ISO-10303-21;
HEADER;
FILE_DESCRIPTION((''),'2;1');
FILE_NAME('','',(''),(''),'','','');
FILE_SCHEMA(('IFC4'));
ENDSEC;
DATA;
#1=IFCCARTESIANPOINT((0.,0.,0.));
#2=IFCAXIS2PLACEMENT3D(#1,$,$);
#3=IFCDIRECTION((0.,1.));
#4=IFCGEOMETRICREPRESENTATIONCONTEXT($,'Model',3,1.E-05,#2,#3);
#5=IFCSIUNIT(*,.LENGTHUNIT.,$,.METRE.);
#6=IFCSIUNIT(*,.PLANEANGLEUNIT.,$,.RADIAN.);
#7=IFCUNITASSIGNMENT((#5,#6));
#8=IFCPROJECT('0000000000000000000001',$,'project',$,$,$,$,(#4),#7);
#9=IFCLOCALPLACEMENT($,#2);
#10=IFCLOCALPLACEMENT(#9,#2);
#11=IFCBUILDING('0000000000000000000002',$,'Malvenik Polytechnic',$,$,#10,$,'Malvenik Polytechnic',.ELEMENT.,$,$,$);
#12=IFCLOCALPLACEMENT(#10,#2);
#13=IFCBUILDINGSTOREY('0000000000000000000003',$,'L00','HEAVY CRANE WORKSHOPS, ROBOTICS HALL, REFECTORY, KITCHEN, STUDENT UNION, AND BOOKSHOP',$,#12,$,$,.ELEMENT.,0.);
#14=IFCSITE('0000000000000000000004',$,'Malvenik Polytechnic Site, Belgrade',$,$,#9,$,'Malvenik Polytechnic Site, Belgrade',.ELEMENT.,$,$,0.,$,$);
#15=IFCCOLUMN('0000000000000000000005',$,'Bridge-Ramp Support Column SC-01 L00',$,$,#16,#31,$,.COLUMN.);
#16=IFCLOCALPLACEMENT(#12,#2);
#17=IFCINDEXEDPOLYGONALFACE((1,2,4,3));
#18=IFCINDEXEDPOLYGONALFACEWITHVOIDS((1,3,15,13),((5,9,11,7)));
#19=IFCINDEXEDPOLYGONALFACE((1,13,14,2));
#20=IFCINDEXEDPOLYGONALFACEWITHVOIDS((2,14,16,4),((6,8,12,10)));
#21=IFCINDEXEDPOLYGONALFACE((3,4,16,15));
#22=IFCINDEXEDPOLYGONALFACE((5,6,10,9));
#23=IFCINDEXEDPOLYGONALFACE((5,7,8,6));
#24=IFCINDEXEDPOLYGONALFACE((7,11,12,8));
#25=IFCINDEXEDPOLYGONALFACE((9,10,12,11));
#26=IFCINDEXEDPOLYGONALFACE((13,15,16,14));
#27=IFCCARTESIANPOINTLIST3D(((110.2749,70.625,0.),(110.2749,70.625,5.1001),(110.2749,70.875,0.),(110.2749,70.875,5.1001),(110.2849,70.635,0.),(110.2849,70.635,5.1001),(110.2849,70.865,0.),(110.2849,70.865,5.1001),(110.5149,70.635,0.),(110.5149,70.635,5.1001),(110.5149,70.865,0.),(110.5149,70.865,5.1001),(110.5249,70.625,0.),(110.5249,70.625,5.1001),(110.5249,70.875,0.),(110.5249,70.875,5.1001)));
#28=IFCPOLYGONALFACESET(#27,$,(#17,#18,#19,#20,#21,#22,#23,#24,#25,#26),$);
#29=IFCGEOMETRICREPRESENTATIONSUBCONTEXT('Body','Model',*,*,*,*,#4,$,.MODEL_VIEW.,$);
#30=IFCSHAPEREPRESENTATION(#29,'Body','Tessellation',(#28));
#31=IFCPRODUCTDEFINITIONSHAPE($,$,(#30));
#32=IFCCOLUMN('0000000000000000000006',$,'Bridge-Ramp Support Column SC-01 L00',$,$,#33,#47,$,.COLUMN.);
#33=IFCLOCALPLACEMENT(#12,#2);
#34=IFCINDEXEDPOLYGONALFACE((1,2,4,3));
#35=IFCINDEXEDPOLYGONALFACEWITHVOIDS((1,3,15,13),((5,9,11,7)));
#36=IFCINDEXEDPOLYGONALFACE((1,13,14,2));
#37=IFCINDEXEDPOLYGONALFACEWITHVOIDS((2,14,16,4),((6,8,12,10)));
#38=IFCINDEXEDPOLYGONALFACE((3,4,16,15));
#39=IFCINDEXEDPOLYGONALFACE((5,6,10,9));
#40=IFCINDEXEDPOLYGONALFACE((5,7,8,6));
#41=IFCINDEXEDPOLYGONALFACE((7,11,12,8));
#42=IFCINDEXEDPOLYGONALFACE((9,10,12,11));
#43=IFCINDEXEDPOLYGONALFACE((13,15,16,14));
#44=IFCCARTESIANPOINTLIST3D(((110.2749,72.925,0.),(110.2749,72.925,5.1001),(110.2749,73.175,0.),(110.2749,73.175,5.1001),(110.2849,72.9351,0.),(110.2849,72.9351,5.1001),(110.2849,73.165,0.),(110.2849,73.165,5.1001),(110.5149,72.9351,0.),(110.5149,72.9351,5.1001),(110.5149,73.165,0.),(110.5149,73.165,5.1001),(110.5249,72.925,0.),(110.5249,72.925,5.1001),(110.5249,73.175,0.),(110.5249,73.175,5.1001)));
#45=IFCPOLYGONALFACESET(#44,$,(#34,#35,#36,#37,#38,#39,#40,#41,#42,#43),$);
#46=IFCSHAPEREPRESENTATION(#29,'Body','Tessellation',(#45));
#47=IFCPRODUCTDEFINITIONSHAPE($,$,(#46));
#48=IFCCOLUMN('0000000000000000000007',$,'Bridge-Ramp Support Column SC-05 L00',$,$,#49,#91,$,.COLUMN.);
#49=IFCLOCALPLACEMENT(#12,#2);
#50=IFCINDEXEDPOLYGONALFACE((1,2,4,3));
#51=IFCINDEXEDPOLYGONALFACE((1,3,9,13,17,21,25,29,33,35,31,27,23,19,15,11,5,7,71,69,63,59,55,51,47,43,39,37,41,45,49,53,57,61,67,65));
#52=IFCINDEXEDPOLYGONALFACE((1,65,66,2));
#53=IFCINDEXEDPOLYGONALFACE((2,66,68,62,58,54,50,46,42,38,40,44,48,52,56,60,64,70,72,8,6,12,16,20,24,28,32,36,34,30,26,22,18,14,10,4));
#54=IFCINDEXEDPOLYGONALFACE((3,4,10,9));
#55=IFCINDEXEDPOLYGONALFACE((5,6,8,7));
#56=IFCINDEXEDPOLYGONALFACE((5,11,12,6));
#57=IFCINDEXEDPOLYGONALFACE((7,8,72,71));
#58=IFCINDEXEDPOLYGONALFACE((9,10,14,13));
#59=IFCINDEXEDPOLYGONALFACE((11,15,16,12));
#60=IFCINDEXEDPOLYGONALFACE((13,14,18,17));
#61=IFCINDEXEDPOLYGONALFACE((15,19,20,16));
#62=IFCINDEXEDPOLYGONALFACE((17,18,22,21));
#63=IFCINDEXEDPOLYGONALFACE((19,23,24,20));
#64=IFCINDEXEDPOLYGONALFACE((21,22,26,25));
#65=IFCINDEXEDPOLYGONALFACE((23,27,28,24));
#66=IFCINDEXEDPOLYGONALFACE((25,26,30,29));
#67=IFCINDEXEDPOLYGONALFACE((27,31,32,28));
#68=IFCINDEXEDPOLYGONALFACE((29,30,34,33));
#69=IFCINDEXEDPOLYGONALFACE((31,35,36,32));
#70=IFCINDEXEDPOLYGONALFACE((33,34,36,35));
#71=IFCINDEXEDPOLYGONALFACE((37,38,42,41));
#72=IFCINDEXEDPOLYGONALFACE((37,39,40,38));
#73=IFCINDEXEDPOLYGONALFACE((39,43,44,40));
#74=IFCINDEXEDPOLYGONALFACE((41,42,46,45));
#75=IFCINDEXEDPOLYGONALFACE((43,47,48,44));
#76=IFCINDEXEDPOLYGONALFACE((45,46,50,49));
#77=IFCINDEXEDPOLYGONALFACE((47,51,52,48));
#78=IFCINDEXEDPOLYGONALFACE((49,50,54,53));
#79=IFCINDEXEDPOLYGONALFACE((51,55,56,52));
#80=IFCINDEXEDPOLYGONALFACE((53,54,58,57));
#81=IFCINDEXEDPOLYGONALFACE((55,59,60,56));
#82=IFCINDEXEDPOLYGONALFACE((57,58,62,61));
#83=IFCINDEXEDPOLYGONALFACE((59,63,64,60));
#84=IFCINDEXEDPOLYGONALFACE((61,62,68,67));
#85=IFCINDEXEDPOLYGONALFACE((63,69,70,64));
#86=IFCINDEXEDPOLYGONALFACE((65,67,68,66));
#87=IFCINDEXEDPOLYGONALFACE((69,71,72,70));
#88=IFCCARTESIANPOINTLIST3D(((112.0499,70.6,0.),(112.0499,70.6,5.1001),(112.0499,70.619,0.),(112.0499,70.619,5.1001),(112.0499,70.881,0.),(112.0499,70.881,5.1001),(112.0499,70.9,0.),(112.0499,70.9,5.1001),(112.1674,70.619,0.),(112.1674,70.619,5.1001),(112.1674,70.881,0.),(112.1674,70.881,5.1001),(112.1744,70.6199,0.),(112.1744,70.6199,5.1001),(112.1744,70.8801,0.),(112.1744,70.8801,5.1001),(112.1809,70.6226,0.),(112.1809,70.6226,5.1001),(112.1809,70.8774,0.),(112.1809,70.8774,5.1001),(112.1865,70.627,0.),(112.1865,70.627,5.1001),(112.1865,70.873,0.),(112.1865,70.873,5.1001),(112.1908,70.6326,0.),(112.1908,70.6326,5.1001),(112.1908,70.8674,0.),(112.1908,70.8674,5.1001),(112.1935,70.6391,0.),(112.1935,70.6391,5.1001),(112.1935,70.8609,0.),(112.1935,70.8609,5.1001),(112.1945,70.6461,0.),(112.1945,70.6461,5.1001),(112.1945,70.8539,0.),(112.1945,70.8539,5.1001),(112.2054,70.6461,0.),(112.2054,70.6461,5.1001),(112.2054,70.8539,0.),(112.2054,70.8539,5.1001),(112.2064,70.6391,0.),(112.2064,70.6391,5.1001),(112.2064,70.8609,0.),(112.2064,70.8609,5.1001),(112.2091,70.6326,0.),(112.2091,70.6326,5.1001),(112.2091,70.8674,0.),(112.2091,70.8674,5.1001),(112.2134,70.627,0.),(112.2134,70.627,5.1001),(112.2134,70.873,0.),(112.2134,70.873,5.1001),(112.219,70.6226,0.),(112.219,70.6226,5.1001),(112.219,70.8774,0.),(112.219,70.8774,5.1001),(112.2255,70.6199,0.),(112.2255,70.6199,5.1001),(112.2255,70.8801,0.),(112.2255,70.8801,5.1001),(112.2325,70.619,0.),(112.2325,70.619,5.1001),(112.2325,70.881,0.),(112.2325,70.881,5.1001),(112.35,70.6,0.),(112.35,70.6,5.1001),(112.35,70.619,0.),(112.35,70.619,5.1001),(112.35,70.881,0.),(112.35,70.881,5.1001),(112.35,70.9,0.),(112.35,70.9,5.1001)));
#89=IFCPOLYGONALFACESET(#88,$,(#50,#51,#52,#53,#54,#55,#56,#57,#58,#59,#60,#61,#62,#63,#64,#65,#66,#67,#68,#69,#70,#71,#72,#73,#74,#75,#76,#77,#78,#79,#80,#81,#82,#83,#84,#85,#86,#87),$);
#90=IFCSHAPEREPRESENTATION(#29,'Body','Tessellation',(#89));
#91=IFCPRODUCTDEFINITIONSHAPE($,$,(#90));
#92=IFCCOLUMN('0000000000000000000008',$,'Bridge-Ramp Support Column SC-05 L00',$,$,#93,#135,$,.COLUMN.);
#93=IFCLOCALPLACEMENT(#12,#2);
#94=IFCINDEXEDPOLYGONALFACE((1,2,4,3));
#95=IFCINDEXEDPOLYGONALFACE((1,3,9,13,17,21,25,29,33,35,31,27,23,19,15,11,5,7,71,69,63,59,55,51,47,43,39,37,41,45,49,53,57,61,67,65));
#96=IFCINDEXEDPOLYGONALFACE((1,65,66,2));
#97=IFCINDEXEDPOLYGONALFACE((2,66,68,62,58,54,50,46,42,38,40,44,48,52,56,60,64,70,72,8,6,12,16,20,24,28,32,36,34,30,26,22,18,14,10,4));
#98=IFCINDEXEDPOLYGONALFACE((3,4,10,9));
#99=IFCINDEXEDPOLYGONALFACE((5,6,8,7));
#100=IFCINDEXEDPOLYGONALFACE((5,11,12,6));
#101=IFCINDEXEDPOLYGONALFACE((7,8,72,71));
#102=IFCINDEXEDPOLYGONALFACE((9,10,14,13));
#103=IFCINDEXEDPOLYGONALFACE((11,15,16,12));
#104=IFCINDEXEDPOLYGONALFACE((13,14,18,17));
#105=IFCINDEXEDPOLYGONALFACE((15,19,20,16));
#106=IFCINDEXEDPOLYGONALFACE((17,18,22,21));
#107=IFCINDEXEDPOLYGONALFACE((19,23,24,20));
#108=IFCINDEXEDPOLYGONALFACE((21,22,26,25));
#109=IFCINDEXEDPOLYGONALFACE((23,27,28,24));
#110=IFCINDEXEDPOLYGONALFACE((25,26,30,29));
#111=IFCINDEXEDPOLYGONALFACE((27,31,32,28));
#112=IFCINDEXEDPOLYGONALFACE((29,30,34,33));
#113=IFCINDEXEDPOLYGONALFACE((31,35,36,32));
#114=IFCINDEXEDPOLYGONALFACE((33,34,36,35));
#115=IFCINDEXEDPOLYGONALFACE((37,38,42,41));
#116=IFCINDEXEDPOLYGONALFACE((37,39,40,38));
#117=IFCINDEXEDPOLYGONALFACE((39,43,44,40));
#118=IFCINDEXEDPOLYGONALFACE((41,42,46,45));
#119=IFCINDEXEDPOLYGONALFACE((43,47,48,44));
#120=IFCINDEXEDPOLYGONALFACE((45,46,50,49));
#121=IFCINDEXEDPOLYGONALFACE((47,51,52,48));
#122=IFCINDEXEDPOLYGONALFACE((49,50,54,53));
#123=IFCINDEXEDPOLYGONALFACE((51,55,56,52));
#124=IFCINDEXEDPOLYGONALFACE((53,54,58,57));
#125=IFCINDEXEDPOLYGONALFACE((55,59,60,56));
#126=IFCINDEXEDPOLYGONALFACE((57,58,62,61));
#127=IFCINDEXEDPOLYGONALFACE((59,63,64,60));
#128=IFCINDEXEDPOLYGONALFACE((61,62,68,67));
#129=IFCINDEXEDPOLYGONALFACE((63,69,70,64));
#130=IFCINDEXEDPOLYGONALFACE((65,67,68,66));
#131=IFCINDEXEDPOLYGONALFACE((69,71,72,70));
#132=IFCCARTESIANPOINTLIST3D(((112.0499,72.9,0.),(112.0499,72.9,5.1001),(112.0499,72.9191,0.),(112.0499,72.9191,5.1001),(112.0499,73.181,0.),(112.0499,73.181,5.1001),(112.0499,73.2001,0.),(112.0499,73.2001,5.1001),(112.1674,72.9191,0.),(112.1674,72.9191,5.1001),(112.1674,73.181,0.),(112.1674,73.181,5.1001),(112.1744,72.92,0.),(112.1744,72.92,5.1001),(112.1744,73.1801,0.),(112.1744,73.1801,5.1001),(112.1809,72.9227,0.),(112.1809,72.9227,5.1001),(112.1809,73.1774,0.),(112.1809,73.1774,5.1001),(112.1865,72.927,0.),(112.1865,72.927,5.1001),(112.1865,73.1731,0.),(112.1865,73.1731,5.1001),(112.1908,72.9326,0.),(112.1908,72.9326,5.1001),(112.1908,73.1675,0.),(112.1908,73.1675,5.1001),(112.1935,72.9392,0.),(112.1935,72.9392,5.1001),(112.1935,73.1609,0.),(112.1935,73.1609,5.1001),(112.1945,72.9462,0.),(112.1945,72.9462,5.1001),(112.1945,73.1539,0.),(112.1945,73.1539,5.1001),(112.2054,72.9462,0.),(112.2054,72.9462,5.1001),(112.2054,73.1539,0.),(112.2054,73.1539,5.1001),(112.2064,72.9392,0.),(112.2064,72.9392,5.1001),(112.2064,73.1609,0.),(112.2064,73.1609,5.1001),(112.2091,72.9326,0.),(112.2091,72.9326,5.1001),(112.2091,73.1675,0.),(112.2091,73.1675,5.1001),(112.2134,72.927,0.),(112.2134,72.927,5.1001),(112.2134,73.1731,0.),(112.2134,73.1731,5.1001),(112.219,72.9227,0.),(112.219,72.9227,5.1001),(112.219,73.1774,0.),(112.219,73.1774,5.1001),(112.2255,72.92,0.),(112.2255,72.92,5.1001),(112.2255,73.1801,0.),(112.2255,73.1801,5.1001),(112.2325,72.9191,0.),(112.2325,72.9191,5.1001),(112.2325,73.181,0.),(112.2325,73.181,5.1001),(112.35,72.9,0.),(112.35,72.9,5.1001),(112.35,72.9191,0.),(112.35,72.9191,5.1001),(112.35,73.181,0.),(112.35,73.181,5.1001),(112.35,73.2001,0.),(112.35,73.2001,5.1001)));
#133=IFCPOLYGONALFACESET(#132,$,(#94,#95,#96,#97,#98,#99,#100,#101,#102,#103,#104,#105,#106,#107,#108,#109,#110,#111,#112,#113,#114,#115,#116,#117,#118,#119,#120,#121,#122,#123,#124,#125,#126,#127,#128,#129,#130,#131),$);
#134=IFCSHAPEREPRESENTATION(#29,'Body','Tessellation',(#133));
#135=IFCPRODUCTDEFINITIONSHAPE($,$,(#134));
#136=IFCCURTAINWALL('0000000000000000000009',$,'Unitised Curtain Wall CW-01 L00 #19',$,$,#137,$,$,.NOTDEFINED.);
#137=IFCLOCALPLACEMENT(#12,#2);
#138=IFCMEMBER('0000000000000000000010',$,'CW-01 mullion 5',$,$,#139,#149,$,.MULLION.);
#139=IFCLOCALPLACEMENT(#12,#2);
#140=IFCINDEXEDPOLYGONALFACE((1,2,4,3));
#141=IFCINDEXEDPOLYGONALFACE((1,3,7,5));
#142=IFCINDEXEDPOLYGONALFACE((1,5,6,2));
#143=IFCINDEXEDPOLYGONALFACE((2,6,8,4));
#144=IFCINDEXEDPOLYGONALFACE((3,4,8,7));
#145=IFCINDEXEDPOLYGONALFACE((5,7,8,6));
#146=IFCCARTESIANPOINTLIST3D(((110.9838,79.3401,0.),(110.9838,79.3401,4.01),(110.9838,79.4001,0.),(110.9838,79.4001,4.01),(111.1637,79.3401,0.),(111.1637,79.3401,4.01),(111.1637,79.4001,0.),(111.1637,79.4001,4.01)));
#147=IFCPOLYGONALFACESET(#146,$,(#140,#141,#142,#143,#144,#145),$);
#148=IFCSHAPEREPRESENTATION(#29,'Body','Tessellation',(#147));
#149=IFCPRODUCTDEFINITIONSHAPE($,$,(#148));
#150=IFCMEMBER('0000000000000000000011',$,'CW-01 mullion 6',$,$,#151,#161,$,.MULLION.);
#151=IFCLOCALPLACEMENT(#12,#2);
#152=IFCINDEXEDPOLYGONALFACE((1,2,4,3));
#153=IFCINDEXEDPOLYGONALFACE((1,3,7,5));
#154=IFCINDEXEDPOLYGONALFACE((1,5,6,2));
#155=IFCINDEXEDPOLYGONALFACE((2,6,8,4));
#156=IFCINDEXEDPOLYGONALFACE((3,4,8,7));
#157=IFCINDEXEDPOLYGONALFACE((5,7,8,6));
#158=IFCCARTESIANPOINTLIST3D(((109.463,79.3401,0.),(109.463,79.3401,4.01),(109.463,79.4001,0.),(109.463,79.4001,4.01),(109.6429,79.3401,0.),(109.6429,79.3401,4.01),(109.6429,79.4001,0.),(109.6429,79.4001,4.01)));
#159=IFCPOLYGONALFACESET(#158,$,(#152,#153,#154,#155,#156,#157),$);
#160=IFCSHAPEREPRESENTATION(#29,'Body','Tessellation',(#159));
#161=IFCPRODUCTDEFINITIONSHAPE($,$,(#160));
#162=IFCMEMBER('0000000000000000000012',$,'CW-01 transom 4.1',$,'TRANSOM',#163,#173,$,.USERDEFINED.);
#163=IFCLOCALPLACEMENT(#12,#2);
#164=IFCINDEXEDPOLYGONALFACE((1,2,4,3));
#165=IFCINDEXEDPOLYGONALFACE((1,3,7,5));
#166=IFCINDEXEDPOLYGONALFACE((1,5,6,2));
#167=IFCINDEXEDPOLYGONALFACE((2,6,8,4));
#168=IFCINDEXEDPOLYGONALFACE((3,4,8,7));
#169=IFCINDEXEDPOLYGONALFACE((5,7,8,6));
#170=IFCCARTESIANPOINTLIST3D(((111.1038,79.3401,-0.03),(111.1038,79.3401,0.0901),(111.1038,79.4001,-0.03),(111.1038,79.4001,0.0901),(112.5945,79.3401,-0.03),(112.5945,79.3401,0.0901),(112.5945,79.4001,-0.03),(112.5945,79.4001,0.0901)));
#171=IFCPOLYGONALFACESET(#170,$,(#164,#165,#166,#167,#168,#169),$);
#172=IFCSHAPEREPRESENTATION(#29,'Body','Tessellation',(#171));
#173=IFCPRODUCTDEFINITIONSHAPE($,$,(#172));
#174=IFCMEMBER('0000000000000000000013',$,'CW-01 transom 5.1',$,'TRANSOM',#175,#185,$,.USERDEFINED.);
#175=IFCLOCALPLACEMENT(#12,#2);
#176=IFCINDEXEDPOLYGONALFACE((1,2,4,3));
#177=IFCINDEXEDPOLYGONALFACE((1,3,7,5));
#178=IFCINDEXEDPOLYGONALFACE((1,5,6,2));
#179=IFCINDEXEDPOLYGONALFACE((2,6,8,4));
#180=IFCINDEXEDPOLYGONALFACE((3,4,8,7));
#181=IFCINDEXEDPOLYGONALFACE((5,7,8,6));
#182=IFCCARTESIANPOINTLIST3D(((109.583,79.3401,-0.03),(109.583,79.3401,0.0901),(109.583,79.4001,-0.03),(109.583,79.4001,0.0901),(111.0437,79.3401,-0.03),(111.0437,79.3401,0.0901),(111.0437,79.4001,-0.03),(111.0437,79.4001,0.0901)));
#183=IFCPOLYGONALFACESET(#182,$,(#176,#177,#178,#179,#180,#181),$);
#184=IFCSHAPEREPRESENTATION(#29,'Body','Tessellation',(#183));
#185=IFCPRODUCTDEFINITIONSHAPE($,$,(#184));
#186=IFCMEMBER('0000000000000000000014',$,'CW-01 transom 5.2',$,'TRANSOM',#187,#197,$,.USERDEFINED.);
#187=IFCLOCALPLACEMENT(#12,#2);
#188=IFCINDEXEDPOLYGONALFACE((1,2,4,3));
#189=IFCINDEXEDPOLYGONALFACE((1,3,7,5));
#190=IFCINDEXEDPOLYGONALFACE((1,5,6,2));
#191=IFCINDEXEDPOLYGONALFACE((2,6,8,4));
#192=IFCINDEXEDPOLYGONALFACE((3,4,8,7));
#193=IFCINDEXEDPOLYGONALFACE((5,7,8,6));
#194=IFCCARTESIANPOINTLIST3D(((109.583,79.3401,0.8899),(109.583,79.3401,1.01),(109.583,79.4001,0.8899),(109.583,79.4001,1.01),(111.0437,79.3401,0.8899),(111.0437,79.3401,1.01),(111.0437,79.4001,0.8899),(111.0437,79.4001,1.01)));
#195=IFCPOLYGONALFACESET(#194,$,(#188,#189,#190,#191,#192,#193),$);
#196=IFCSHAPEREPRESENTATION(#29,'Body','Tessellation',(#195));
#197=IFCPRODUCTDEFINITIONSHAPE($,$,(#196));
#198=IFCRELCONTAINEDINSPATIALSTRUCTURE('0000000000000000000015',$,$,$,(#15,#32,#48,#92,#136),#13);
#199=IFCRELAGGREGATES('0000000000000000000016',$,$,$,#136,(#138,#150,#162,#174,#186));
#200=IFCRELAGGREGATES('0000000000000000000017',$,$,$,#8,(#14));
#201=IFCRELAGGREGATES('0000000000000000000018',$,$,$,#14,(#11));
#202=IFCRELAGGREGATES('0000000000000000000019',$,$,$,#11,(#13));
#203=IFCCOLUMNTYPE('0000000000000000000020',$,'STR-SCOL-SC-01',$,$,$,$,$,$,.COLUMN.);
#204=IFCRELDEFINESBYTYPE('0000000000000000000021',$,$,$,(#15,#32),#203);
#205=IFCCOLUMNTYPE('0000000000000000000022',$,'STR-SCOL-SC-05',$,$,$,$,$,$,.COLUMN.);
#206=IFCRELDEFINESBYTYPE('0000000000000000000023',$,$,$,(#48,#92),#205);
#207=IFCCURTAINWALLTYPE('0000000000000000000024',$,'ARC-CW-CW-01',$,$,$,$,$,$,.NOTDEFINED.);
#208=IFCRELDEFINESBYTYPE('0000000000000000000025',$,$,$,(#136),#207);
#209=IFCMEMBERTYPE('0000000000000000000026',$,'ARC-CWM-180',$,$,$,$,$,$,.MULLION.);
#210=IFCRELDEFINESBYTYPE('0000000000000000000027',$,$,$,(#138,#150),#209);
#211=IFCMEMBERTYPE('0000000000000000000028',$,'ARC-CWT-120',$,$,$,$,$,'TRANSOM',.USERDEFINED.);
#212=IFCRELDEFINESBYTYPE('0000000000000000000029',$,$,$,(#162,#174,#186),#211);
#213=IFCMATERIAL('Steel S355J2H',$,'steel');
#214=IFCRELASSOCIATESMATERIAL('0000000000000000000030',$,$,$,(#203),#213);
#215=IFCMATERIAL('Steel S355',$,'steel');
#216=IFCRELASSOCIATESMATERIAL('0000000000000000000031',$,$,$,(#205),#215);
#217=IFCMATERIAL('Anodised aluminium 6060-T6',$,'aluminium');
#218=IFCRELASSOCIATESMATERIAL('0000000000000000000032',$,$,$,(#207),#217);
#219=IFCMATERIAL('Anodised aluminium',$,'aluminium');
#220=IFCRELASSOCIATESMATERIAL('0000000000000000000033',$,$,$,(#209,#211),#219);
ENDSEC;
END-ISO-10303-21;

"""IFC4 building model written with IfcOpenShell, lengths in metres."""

from ifc_helpers import new_model, si_unit, direction, frame, origin, origin_2d, place, context, subcontext, project, spatial, rectangle, hollow_rectangle, i_section, extrude, material, material_profile, profile_set, type_object, element, aggregate, save


model = new_model("IFC4")

# Units and contexts
model_context = context("Model", 3, precision=1e-05, world=origin(), true_north=direction((0.0, 1.0)))
body_context = subcontext(model_context, "Body", "Model", "MODEL_VIEW")
ifc_project = project(units=[si_unit("LENGTHUNIT", "METRE"), si_unit("PLANEANGLEUNIT", "RADIAN")], contexts=[model_context])

# Site, building, storey
site_placement = place(None, origin())
site = spatial("IfcSite", under=ifc_project, at=site_placement, Name="Malvenik Polytechnic Site, Belgrade", LongName="Malvenik Polytechnic Site, Belgrade", CompositionType="ELEMENT", RefElevation=0.0)
building_placement = place(site_placement, origin())
building = spatial("IfcBuilding", under=site, at=building_placement, Name="Malvenik Polytechnic", LongName="Malvenik Polytechnic", CompositionType="ELEMENT")
storey_placement = place(building_placement, origin())
storey = spatial("IfcBuildingStorey", under=building, at=storey_placement, Name="L00", Description="HEAVY CRANE WORKSHOPS, ROBOTICS HALL, REFECTORY, KITCHEN, STUDENT UNION, AND BOOKSHOP", CompositionType="ELEMENT", Elevation=0.0)

# Columns
ifc_material_1 = material(Name="Steel S355J2H", Category="steel")
ifc_material_profile_1 = material_profile(ifc_material_1, hollow_rectangle(XDim=0.25, YDim=0.25, WallThickness=0.01, at=origin_2d()), Name="SHS 250x250x10.0")
ifc_profile_set_1 = profile_set([ifc_material_profile_1], Name="Steel S355J2H")
column_type_1 = type_object("IfcColumnType", Name="STR-SCOL-SC-01", PredefinedType="COLUMN", material=ifc_profile_set_1)
for number, where, z_axis, x_axis, name in (
    (1, (110.3999, 70.75, 0.0), (0.0, 0.0, 1.0), (1.0, 0.0, 0.0), "Bridge-Ramp Support Column SC-01 L00"),
    (2, (110.3999, 73.05, 0.0), (0.0, 0.0, 1.0), (1.0, 0.0, 0.0), "Bridge-Ramp Support Column SC-01 L00"),
):
    element("IfcColumn", number, at=place(storey_placement, frame(where, z_axis=z_axis, x_axis=x_axis)), inside=storey, type_object=column_type_1, Name=name, PredefinedType="COLUMN", context=body_context, shape_type="SweptSolid", body=[
        extrude(hollow_rectangle(XDim=0.25, YDim=0.25, WallThickness=0.01, at=origin_2d()), origin(), (0.0, 0.0, 1.0), 5.1001),
    ])
ifc_material_2 = material(Name="Steel S355", Category="steel")
ifc_material_profile_2 = material_profile(ifc_material_2, i_section(OverallWidth=0.3, OverallDepth=0.3, WebThickness=0.011, FlangeThickness=0.019, FilletRadius=0.0271, at=origin_2d()), Name="HEB 300")
ifc_profile_set_2 = profile_set([ifc_material_profile_2], Name="Steel S355")
column_type_2 = type_object("IfcColumnType", Name="STR-SCOL-SC-05", PredefinedType="COLUMN", material=ifc_profile_set_2)
for number, where, z_axis, x_axis, name in (
    (3, (112.2, 70.75, 0.0), (0.0, 0.0, 1.0), (1.0, 0.0, 0.0), "Bridge-Ramp Support Column SC-05 L00"),
    (4, (112.2, 73.05, 0.0), (0.0, 0.0, 1.0), (1.0, 0.0, 0.0), "Bridge-Ramp Support Column SC-05 L00"),
):
    element("IfcColumn", number, at=place(storey_placement, frame(where, z_axis=z_axis, x_axis=x_axis)), inside=storey, type_object=column_type_2, Name=name, PredefinedType="COLUMN", context=body_context, shape_type="SweptSolid", body=[
        extrude(i_section(OverallWidth=0.3, OverallDepth=0.3, WebThickness=0.011, FlangeThickness=0.019, FilletRadius=0.0271, at=origin_2d()), origin(), (0.0, 0.0, 1.0), 5.1001),
    ])

# Curtain wall, members
ifc_material_3 = material(Name="Anodised aluminium 6060-T6", Category="aluminium")
curtain_wall_type = type_object("IfcCurtainWallType", Name="ARC-CW-CW-01", PredefinedType="NOTDEFINED", material=ifc_material_3)
curtain_wall_placement = place(storey_placement, origin())
curtain_wall = element("IfcCurtainWall", 5, at=curtain_wall_placement, inside=storey, type_object=curtain_wall_type, Name="Unitised Curtain Wall CW-01 L00 #19", PredefinedType="NOTDEFINED")
ifc_material_4 = material(Name="Anodised aluminium", Category="aluminium")
ifc_material_profile_3 = material_profile(ifc_material_4, rectangle(XDim=0.0601, YDim=0.1799, at=origin_2d()), Name="ALU MULLION 60x180")
ifc_profile_set_3 = profile_set([ifc_material_profile_3], Name="Anodised aluminium")
member_type_1 = type_object("IfcMemberType", Name="ARC-CWM-180", PredefinedType="MULLION", material=ifc_profile_set_3)
member_1_placement = place(storey_placement, frame((111.0737, 79.3701, 0.0), z_axis=(0.0, 0.0, 1.0), x_axis=(0.0, -1.0, 0.0)))
member_1 = element("IfcMember", 6, at=member_1_placement, type_object=member_type_1, Name="CW-01 mullion 5", PredefinedType="MULLION", context=body_context, shape_type="SweptSolid", body=[
    extrude(rectangle(XDim=0.0601, YDim=0.1799, at=origin_2d()), origin(), (0.0, 0.0, 1.0), 4.01),
])
member_2_placement = place(storey_placement, frame((109.553, 79.3701, 0.0), z_axis=(0.0, 0.0, 1.0), x_axis=(0.0, -1.0, 0.0)))
member_2 = element("IfcMember", 7, at=member_2_placement, type_object=member_type_1, Name="CW-01 mullion 6", PredefinedType="MULLION", context=body_context, shape_type="SweptSolid", body=[
    extrude(rectangle(XDim=0.0601, YDim=0.1799, at=origin_2d()), origin(), (0.0, 0.0, 1.0), 4.01),
])
ifc_material_profile_4 = material_profile(ifc_material_4, rectangle(XDim=0.0601, YDim=0.1201, at=origin_2d()), Name="ALU TRANSOM 60x120")
ifc_profile_set_4 = profile_set([ifc_material_profile_4], Name="Anodised aluminium")
member_type_2 = type_object("IfcMemberType", Name="ARC-CWT-120", ElementType="TRANSOM", PredefinedType="USERDEFINED", material=ifc_profile_set_4)
member_3_placement = place(storey_placement, frame((112.5945, 79.3701, 0.03), z_axis=(-1.0, 0.0, 0.0), x_axis=(0.0, -1.0, 0.0)))
member_3 = element("IfcMember", 8, at=member_3_placement, type_object=member_type_2, Name="CW-01 transom 4.1", ObjectType="TRANSOM", PredefinedType="USERDEFINED", context=body_context, shape_type="SweptSolid", body=[
    extrude(rectangle(XDim=0.0601, YDim=0.1201, at=origin_2d()), origin(), (0.0, 0.0, 1.0), 1.4907),
])
member_4_placement = place(storey_placement, frame((111.0437, 79.3701, 0.03), z_axis=(-1.0, 0.0, 0.0), x_axis=(0.0, -1.0, 0.0)))
member_4 = element("IfcMember", 9, at=member_4_placement, type_object=member_type_2, Name="CW-01 transom 5.1", ObjectType="TRANSOM", PredefinedType="USERDEFINED", context=body_context, shape_type="SweptSolid", body=[
    extrude(rectangle(XDim=0.0601, YDim=0.1201, at=origin_2d()), origin(), (0.0, 0.0, 1.0), 1.4607),
])
member_5_placement = place(storey_placement, frame((111.0437, 79.3701, 0.95), z_axis=(-1.0, 0.0, 0.0), x_axis=(0.0, -1.0, 0.0)))
member_5 = element("IfcMember", 10, at=member_5_placement, type_object=member_type_2, Name="CW-01 transom 5.2", ObjectType="TRANSOM", PredefinedType="USERDEFINED", context=body_context, shape_type="SweptSolid", body=[
    extrude(rectangle(XDim=0.0601, YDim=0.1201, at=origin_2d()), origin(), (0.0, 0.0, 1.0), 1.4607),
])

aggregate(curtain_wall, [member_1, member_2, member_3, member_4, member_5])

save(model, "model.ifc")
